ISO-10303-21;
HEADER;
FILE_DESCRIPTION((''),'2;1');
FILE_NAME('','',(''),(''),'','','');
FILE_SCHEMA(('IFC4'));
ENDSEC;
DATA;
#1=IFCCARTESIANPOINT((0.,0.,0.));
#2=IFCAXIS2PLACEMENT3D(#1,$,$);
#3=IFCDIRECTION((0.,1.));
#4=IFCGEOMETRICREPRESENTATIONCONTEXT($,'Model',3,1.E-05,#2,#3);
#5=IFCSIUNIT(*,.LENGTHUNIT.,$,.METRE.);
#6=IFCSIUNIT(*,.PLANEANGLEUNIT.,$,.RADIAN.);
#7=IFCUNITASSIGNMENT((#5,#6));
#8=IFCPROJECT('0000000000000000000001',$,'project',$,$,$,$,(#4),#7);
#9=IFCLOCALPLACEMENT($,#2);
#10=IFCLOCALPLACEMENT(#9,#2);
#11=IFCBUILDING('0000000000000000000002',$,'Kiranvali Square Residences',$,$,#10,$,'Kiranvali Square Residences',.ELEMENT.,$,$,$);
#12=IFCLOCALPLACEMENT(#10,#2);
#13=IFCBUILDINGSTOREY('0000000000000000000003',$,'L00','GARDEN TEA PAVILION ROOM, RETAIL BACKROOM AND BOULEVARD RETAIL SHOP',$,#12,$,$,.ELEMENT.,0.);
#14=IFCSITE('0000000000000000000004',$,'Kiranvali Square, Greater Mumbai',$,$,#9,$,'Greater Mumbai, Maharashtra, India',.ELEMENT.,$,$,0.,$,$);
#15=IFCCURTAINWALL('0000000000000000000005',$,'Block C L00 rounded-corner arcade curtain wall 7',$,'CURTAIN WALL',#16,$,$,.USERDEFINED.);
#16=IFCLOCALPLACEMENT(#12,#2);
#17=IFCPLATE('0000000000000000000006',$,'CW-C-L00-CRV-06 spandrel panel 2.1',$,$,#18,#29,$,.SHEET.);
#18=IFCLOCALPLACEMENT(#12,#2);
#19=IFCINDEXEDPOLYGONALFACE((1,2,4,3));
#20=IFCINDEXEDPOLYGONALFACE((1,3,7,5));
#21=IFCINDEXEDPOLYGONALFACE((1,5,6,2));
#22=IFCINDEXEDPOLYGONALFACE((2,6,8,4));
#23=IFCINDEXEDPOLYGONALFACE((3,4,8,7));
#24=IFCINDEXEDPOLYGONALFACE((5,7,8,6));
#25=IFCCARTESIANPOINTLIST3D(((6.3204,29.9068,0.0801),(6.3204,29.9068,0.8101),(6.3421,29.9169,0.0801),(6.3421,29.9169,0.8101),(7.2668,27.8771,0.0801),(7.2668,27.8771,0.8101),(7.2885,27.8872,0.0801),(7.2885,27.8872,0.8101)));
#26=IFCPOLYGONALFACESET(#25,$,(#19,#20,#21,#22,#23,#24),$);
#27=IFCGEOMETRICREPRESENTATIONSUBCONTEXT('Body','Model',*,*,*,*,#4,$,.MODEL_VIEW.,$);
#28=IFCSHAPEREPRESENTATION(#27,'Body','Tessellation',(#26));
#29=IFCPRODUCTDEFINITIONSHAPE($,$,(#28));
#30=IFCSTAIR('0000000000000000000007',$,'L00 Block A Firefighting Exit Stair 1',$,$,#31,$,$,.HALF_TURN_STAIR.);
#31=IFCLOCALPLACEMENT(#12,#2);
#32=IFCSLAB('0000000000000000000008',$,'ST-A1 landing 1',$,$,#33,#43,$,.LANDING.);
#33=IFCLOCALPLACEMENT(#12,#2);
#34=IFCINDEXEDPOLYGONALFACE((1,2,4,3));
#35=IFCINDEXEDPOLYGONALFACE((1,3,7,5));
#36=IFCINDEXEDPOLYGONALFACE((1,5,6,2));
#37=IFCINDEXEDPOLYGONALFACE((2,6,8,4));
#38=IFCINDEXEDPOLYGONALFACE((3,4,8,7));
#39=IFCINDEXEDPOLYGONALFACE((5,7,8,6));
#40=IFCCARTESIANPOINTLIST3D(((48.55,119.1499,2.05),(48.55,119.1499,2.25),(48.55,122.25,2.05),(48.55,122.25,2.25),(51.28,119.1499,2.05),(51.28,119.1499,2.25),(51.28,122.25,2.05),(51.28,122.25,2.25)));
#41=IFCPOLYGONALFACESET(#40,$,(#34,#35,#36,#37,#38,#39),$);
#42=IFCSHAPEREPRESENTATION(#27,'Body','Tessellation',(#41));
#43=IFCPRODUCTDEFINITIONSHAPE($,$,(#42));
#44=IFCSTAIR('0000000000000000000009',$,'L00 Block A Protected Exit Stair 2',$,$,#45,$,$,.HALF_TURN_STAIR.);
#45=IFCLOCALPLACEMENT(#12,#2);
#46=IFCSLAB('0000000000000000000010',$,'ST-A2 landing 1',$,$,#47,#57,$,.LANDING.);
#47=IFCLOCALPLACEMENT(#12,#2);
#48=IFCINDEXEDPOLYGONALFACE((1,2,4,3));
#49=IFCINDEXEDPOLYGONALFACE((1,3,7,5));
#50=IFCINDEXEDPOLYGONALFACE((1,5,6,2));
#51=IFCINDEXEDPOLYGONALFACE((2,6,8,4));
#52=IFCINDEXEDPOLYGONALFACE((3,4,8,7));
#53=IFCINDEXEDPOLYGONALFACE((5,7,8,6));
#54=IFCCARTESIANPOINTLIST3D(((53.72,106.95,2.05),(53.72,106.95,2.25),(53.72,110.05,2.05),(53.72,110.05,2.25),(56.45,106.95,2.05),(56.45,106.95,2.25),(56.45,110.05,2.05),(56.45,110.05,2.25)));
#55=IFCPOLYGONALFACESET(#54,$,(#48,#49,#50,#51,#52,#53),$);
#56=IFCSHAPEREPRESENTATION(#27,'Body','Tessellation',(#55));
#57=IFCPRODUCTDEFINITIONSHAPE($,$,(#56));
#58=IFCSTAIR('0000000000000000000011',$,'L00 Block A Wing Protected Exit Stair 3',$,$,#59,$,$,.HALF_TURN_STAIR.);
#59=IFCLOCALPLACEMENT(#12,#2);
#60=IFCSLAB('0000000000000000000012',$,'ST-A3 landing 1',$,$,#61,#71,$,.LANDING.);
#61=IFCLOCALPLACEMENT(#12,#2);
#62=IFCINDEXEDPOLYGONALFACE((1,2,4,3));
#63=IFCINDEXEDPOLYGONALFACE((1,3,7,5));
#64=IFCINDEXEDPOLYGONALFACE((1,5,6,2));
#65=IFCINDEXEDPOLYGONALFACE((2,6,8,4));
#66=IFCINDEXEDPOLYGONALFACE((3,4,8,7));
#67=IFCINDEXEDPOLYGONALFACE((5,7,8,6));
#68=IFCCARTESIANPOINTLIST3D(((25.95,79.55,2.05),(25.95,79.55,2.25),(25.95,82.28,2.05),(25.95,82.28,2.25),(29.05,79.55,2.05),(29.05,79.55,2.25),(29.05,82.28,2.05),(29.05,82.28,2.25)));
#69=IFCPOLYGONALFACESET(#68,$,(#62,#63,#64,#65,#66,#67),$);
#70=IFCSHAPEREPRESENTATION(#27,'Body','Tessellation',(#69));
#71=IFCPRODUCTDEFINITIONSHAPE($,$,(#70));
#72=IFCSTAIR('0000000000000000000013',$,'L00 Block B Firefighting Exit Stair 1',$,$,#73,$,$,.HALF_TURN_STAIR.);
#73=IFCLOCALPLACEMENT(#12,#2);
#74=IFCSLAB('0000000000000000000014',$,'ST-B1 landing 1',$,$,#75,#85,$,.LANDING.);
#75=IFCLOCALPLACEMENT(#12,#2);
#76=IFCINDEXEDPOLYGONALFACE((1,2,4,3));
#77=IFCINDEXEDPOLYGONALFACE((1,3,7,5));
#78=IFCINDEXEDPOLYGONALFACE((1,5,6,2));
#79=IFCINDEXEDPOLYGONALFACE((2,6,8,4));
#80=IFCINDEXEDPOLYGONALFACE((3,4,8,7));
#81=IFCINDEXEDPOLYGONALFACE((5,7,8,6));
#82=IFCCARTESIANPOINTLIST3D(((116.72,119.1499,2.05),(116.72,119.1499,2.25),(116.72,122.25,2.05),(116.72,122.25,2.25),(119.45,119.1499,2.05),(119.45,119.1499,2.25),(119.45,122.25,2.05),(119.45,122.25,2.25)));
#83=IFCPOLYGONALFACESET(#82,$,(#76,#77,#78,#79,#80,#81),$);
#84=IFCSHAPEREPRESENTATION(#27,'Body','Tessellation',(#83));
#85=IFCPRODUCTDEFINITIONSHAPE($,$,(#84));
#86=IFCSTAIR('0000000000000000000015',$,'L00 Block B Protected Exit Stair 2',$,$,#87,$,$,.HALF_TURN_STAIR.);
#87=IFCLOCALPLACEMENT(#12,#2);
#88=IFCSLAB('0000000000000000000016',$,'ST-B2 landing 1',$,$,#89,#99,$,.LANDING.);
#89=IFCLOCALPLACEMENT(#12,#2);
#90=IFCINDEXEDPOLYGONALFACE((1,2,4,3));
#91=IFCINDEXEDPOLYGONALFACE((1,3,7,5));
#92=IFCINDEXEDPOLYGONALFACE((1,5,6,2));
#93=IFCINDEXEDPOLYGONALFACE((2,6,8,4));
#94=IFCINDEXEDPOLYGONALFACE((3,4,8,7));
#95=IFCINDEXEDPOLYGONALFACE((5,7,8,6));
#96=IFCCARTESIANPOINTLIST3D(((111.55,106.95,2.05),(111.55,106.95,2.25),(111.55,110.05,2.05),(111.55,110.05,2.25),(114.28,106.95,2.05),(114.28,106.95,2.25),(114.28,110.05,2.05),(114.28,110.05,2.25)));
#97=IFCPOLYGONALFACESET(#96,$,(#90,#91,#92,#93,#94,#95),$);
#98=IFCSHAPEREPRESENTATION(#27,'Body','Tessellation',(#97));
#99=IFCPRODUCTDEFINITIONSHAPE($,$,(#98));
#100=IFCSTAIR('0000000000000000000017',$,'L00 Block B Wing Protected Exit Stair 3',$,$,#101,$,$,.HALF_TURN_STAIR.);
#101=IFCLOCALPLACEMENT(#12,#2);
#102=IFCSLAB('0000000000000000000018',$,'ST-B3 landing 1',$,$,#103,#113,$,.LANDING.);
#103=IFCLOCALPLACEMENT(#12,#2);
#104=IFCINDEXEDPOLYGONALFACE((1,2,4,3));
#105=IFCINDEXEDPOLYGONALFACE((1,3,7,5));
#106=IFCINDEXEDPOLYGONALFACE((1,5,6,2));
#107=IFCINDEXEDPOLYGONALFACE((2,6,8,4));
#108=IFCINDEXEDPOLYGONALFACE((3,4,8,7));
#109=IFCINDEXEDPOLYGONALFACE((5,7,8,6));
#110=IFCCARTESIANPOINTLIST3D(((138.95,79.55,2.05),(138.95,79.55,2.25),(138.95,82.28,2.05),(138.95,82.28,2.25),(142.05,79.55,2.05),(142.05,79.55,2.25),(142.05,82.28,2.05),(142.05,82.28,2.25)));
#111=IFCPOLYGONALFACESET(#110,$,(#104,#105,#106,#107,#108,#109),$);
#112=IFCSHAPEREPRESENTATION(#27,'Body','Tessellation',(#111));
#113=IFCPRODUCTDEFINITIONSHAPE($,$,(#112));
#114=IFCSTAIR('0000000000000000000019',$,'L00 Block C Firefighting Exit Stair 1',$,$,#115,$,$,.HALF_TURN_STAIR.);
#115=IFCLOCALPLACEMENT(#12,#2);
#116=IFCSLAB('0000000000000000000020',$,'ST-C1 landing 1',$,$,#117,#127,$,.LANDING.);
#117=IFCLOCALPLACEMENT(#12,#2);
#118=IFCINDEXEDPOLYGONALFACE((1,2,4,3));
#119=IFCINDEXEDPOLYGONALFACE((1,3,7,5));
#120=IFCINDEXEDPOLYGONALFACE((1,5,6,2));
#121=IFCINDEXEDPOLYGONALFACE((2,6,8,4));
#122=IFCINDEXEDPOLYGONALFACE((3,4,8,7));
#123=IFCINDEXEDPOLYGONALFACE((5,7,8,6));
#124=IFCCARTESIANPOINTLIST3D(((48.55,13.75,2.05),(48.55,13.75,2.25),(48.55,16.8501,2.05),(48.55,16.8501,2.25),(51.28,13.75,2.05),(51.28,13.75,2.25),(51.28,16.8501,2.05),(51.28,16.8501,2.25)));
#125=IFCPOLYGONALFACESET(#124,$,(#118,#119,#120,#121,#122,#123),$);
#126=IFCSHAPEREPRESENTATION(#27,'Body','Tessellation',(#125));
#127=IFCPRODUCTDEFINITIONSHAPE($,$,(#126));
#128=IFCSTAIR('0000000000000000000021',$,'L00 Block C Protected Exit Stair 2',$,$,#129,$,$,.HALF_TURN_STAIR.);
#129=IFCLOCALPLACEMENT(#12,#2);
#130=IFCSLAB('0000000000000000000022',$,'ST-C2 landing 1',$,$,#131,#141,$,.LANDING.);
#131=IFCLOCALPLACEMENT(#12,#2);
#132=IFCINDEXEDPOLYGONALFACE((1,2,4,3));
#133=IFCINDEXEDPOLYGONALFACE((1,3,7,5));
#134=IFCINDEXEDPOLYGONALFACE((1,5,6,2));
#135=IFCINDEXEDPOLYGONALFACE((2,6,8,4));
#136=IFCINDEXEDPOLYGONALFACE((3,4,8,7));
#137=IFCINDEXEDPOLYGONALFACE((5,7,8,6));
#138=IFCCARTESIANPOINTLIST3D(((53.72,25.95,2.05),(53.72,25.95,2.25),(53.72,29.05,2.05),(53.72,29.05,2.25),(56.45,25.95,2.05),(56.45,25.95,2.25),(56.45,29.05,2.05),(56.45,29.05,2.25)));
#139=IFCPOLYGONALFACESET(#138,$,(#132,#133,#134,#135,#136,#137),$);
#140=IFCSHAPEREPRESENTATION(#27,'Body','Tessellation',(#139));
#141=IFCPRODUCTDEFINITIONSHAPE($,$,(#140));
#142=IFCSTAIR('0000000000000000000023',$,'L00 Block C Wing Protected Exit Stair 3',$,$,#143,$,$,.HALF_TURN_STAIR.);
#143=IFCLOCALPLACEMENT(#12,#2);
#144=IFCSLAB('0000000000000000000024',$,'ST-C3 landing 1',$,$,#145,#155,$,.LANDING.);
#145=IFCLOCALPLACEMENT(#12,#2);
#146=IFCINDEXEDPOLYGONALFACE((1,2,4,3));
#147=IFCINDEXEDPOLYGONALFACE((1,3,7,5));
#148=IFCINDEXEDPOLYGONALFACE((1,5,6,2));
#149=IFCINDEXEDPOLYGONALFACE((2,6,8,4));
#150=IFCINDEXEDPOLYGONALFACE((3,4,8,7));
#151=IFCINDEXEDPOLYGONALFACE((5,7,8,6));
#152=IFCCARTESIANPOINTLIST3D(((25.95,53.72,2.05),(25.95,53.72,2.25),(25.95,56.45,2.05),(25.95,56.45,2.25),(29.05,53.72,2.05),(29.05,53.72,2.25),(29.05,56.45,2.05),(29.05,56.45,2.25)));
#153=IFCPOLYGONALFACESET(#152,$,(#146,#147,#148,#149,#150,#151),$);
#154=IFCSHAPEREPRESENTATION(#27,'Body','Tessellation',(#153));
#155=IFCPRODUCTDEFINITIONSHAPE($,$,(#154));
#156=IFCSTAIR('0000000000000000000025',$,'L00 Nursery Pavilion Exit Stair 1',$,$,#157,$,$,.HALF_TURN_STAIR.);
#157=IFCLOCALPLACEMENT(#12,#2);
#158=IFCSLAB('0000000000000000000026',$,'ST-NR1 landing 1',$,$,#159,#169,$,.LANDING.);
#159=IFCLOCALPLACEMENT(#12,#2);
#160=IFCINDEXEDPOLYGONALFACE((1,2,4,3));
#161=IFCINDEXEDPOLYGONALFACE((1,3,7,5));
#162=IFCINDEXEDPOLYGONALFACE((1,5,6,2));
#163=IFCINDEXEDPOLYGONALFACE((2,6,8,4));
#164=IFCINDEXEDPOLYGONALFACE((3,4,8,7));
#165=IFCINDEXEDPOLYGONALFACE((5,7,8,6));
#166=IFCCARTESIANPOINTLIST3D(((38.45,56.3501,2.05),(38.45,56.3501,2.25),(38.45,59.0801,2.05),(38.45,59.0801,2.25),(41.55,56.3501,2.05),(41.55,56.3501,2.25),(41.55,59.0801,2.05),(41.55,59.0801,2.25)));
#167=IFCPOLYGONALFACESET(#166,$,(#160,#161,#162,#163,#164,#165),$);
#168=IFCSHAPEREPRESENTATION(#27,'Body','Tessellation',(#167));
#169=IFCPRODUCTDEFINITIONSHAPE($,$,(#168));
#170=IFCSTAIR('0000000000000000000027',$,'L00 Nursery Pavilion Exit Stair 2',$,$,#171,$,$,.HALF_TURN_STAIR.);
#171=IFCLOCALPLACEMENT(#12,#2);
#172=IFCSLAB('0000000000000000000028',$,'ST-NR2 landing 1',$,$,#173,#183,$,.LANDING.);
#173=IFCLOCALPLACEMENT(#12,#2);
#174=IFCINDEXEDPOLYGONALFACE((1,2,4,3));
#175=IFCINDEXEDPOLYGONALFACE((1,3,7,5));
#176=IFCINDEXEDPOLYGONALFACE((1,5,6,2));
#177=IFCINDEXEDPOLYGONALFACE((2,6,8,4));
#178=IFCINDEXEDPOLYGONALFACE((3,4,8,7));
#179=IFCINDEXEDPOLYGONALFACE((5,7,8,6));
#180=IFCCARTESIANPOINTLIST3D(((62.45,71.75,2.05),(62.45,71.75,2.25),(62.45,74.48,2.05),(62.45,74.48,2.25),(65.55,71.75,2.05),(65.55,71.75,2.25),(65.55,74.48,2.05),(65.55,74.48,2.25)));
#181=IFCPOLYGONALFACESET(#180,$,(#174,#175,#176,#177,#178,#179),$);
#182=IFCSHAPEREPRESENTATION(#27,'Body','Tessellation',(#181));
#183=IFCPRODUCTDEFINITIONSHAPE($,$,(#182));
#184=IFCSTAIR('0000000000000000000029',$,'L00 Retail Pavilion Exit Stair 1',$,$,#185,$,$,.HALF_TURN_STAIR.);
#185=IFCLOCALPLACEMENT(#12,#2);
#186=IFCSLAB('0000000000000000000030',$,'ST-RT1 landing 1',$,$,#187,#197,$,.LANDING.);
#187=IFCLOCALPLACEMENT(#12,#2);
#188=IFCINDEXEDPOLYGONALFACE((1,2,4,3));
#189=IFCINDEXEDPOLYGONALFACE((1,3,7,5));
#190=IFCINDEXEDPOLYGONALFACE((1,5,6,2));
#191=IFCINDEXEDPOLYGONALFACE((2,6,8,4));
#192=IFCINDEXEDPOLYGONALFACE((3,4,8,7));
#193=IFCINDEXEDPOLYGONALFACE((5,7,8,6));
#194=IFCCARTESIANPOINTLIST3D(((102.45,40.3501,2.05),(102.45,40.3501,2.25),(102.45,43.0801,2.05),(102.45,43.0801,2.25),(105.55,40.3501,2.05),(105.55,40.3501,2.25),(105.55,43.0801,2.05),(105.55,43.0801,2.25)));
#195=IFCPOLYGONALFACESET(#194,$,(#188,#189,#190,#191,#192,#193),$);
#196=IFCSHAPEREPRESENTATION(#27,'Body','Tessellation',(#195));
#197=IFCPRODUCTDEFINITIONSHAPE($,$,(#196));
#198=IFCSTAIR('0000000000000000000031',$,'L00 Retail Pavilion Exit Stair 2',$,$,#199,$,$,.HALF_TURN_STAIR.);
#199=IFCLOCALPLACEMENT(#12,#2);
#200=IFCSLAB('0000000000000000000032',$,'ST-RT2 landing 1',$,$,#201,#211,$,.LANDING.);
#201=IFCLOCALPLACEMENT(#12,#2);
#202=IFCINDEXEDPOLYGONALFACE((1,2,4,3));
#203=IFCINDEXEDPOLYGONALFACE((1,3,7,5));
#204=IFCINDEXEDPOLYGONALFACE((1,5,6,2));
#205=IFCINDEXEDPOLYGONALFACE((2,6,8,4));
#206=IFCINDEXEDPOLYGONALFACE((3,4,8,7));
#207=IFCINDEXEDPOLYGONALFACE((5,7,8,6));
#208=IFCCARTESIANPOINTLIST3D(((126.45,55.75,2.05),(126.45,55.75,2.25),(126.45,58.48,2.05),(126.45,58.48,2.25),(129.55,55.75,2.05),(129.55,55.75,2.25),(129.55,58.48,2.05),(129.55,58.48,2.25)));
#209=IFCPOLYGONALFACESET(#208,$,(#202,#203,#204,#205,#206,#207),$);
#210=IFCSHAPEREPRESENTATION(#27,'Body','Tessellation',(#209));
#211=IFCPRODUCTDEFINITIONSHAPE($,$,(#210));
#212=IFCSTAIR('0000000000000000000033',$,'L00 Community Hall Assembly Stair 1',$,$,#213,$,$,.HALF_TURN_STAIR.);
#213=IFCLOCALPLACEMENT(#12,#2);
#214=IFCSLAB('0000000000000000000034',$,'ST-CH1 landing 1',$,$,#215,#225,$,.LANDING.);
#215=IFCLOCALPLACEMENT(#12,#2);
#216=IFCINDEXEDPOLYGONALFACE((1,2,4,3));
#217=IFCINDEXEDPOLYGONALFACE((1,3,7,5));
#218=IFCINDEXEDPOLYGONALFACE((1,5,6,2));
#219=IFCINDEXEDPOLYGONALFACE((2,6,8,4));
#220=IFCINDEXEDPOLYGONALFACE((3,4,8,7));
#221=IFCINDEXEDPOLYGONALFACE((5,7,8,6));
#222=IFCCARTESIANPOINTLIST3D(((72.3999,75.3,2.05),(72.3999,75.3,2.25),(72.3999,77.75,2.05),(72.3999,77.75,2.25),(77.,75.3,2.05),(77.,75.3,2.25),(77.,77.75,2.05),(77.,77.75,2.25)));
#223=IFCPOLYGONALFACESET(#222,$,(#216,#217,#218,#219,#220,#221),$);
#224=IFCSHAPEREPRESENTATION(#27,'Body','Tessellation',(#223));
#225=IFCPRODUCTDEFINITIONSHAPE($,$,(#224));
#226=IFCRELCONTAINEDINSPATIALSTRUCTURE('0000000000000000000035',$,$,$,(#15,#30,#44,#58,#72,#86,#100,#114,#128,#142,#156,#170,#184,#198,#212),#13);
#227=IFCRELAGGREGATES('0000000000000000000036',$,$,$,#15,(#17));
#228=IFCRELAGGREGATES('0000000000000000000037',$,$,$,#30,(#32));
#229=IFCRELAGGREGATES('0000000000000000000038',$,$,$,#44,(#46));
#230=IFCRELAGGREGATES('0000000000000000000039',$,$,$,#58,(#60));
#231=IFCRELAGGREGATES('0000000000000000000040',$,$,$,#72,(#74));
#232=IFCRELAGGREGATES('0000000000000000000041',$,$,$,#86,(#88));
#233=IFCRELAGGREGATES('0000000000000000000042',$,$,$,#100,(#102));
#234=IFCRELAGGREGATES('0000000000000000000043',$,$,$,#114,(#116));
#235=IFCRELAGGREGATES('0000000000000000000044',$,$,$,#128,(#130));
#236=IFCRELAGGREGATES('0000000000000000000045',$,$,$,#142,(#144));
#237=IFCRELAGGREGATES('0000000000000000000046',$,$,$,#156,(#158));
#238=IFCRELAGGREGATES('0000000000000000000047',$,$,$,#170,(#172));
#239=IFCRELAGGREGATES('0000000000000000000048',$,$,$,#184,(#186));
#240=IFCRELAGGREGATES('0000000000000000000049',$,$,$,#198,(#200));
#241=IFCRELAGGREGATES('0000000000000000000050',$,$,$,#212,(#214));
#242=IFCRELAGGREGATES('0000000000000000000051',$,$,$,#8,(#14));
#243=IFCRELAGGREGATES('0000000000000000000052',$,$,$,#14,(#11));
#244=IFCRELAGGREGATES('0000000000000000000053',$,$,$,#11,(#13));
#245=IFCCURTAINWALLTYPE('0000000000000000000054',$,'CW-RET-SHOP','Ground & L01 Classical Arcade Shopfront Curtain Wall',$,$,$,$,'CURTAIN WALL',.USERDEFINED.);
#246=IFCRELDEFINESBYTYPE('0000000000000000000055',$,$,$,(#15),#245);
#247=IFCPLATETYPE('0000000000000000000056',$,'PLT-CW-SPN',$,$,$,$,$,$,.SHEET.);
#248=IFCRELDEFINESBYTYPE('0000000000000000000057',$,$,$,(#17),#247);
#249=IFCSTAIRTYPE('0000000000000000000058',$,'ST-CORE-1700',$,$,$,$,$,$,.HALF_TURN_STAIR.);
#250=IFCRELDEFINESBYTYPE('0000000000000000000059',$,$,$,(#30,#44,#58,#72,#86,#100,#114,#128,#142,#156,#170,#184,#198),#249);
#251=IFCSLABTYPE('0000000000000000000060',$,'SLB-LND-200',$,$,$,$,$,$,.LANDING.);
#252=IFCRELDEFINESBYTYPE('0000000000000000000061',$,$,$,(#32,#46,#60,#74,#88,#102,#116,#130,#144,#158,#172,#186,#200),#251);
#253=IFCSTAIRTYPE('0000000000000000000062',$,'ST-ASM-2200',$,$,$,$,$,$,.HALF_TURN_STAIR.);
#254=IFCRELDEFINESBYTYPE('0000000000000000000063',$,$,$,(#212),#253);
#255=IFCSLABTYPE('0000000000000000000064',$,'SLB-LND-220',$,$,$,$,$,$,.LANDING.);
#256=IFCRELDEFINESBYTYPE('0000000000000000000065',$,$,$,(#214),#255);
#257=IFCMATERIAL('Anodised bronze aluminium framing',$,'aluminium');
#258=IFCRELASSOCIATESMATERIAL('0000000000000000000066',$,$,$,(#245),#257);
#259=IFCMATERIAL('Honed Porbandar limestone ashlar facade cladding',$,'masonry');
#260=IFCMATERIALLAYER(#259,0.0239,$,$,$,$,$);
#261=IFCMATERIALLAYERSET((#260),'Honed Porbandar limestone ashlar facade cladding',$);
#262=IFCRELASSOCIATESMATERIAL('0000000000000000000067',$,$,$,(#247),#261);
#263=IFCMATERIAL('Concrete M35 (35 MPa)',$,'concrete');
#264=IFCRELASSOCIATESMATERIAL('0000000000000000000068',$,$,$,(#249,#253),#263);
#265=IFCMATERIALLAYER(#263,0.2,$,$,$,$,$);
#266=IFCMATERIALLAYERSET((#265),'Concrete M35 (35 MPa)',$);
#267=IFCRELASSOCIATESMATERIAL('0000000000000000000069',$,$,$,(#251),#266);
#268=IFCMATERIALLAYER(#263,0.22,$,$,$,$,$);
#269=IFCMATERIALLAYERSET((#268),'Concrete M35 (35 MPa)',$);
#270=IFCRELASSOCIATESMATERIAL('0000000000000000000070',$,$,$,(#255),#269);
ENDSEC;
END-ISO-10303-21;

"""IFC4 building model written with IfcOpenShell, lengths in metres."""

from ifc_helpers import new_model, si_unit, direction, frame, origin, origin_2d, place, context, subcontext, project, spatial, polyline, rectangle, outline, extrude, material, layer, layer_set, type_object, element, aggregate, save


model = new_model("IFC4")

# Units and contexts
model_context = context("Model", 3, precision=1e-05, world=origin(), true_north=direction((0.0, 1.0)))
body_context = subcontext(model_context, "Body", "Model", "MODEL_VIEW")
ifc_project = project(units=[si_unit("LENGTHUNIT", "METRE"), si_unit("PLANEANGLEUNIT", "RADIAN")], contexts=[model_context])

# Site, building, storey
site_placement = place(None, origin())
site = spatial("IfcSite", under=ifc_project, at=site_placement, Name="Kiranvali Square, Greater Mumbai", LongName="Greater Mumbai, Maharashtra, India", CompositionType="ELEMENT", RefElevation=0.0)
building_placement = place(site_placement, origin())
building = spatial("IfcBuilding", under=site, at=building_placement, Name="Kiranvali Square Residences", LongName="Kiranvali Square Residences", CompositionType="ELEMENT")
storey_placement = place(building_placement, origin())
storey = spatial("IfcBuildingStorey", under=building, at=storey_placement, Name="L00", Description="GARDEN TEA PAVILION ROOM, RETAIL BACKROOM AND BOULEVARD RETAIL SHOP", CompositionType="ELEMENT", Elevation=0.0)

# Curtain wall, plate
ifc_material_1 = material(Name="Anodised bronze aluminium framing", Category="aluminium")
curtain_wall_type = type_object("IfcCurtainWallType", Name="CW-RET-SHOP", Description="Ground & L01 Classical Arcade Shopfront Curtain Wall", ElementType="CURTAIN WALL", PredefinedType="USERDEFINED", material=ifc_material_1)
curtain_wall_placement = place(storey_placement, origin())
curtain_wall = element("IfcCurtainWall", 1, at=curtain_wall_placement, inside=storey, type_object=curtain_wall_type, Name="Block C L00 rounded-corner arcade curtain wall 7", ObjectType="CURTAIN WALL", PredefinedType="USERDEFINED")
ifc_material_2 = material(Name="Honed Porbandar limestone ashlar facade cladding", Category="masonry")
ifc_layer_1 = layer(ifc_material_2, 0.0239)
ifc_layer_set_1 = layer_set([ifc_layer_1], Name="Honed Porbandar limestone ashlar facade cladding")
plate_type = type_object("IfcPlateType", Name="PLT-CW-SPN", PredefinedType="SHEET", material=ifc_layer_set_1)
plate_placement = place(storey_placement, frame((6.8044, 28.897, 0.0801), z_axis=(0.0, 0.0, 1.0), x_axis=(-0.422618, 0.906308, 0.0)))
plate = element("IfcPlate", 2, at=plate_placement, type_object=plate_type, Name="CW-C-L00-CRV-06 spandrel panel 2.1", PredefinedType="SHEET", context=body_context, shape_type="SweptSolid", body=[
    extrude(rectangle(XDim=2.2395, YDim=0.0239, at=origin_2d()), origin(), (0.0, 0.0, 1.0), 0.73),
])
aggregate(curtain_wall, [plate])

# Stairs, slabs
ifc_material_3 = material(Name="Concrete M35 (35 MPa)", Category="concrete")
stair_type_1 = type_object("IfcStairType", Name="ST-CORE-1700", PredefinedType="HALF_TURN_STAIR", material=ifc_material_3)
stair_1_placement = place(storey_placement, origin())
stair_1 = element("IfcStair", 3, at=stair_1_placement, inside=storey, type_object=stair_type_1, Name="L00 Block A Firefighting Exit Stair 1", PredefinedType="HALF_TURN_STAIR")
ifc_layer_2 = layer(ifc_material_3, 0.2)
ifc_layer_set_2 = layer_set([ifc_layer_2], Name="Concrete M35 (35 MPa)")
slab_type_1 = type_object("IfcSlabType", Name="SLB-LND-200", PredefinedType="LANDING", material=ifc_layer_set_2)
slab_1_placement = place(storey_placement, frame((0.0, 0.0, 2.05)))
slab_1 = element("IfcSlab", 4, at=slab_1_placement, type_object=slab_type_1, Name="ST-A1 landing 1", PredefinedType="LANDING", context=body_context, shape_type="SweptSolid", body=[
    extrude(outline(polyline([(51.28, 122.25), (48.55, 122.25), (48.55, 119.1499), (51.28, 119.1499), (51.28, 122.25)])), origin(), (0.0, 0.0, 1.0), 0.2),
])
aggregate(stair_1, [slab_1])
stair_2_placement = place(storey_placement, origin())
stair_2 = element("IfcStair", 5, at=stair_2_placement, inside=storey, type_object=stair_type_1, Name="L00 Block A Protected Exit Stair 2", PredefinedType="HALF_TURN_STAIR")
slab_2_placement = place(storey_placement, frame((0.0, 0.0, 2.05)))
slab_2 = element("IfcSlab", 6, at=slab_2_placement, type_object=slab_type_1, Name="ST-A2 landing 1", PredefinedType="LANDING", context=body_context, shape_type="SweptSolid", body=[
    extrude(outline(polyline([(53.72, 106.95), (56.45, 106.95), (56.45, 110.05), (53.72, 110.05), (53.72, 106.95)])), origin(), (0.0, 0.0, 1.0), 0.2),
])
aggregate(stair_2, [slab_2])
stair_3_placement = place(storey_placement, origin())
stair_3 = element("IfcStair", 7, at=stair_3_placement, inside=storey, type_object=stair_type_1, Name="L00 Block A Wing Protected Exit Stair 3", PredefinedType="HALF_TURN_STAIR")
slab_3_placement = place(storey_placement, frame((0.0, 0.0, 2.05)))
slab_3 = element("IfcSlab", 8, at=slab_3_placement, type_object=slab_type_1, Name="ST-A3 landing 1", PredefinedType="LANDING", context=body_context, shape_type="SweptSolid", body=[
    extrude(outline(polyline([(25.95, 82.28), (25.95, 79.55), (29.05, 79.55), (29.05, 82.28), (25.95, 82.28)])), origin(), (0.0, 0.0, 1.0), 0.2),
])
aggregate(stair_3, [slab_3])
stair_4_placement = place(storey_placement, origin())
stair_4 = element("IfcStair", 9, at=stair_4_placement, inside=storey, type_object=stair_type_1, Name="L00 Block B Firefighting Exit Stair 1", PredefinedType="HALF_TURN_STAIR")
slab_4_placement = place(storey_placement, frame((0.0, 0.0, 2.05)))
slab_4 = element("IfcSlab", 10, at=slab_4_placement, type_object=slab_type_1, Name="ST-B1 landing 1", PredefinedType="LANDING", context=body_context, shape_type="SweptSolid", body=[
    extrude(outline(polyline([(116.72, 119.1499), (119.45, 119.1499), (119.45, 122.25), (116.72, 122.25), (116.72, 119.1499)])), origin(), (0.0, 0.0, 1.0), 0.2),
])
aggregate(stair_4, [slab_4])
stair_5_placement = place(storey_placement, origin())
stair_5 = element("IfcStair", 11, at=stair_5_placement, inside=storey, type_object=stair_type_1, Name="L00 Block B Protected Exit Stair 2", PredefinedType="HALF_TURN_STAIR")
slab_5_placement = place(storey_placement, frame((0.0, 0.0, 2.05)))
slab_5 = element("IfcSlab", 12, at=slab_5_placement, type_object=slab_type_1, Name="ST-B2 landing 1", PredefinedType="LANDING", context=body_context, shape_type="SweptSolid", body=[
    extrude(outline(polyline([(114.28, 110.05), (111.55, 110.05), (111.55, 106.95), (114.28, 106.95), (114.28, 110.05)])), origin(), (0.0, 0.0, 1.0), 0.2),
])
aggregate(stair_5, [slab_5])
stair_6_placement = place(storey_placement, origin())
stair_6 = element("IfcStair", 13, at=stair_6_placement, inside=storey, type_object=stair_type_1, Name="L00 Block B Wing Protected Exit Stair 3", PredefinedType="HALF_TURN_STAIR")
slab_6_placement = place(storey_placement, frame((0.0, 0.0, 2.05)))
slab_6 = element("IfcSlab", 14, at=slab_6_placement, type_object=slab_type_1, Name="ST-B3 landing 1", PredefinedType="LANDING", context=body_context, shape_type="SweptSolid", body=[
    extrude(outline(polyline([(138.95, 82.28), (138.95, 79.55), (142.05, 79.55), (142.05, 82.28), (138.95, 82.28)])), origin(), (0.0, 0.0, 1.0), 0.2),
])
aggregate(stair_6, [slab_6])
stair_7_placement = place(storey_placement, origin())
stair_7 = element("IfcStair", 15, at=stair_7_placement, inside=storey, type_object=stair_type_1, Name="L00 Block C Firefighting Exit Stair 1", PredefinedType="HALF_TURN_STAIR")
slab_7_placement = place(storey_placement, frame((0.0, 0.0, 2.05)))
slab_7 = element("IfcSlab", 16, at=slab_7_placement, type_object=slab_type_1, Name="ST-C1 landing 1", PredefinedType="LANDING", context=body_context, shape_type="SweptSolid", body=[
    extrude(outline(polyline([(51.28, 16.8501), (48.55, 16.8501), (48.55, 13.75), (51.28, 13.75), (51.28, 16.8501)])), origin(), (0.0, 0.0, 1.0), 0.2),
])
aggregate(stair_7, [slab_7])
stair_8_placement = place(storey_placement, origin())
stair_8 = element("IfcStair", 17, at=stair_8_placement, inside=storey, type_object=stair_type_1, Name="L00 Block C Protected Exit Stair 2", PredefinedType="HALF_TURN_STAIR")
slab_8_placement = place(storey_placement, frame((0.0, 0.0, 2.05)))
slab_8 = element("IfcSlab", 18, at=slab_8_placement, type_object=slab_type_1, Name="ST-C2 landing 1", PredefinedType="LANDING", context=body_context, shape_type="SweptSolid", body=[
    extrude(outline(polyline([(53.72, 25.95), (56.45, 25.95), (56.45, 29.05), (53.72, 29.05), (53.72, 25.95)])), origin(), (0.0, 0.0, 1.0), 0.2),
])
aggregate(stair_8, [slab_8])
stair_9_placement = place(storey_placement, origin())
stair_9 = element("IfcStair", 19, at=stair_9_placement, inside=storey, type_object=stair_type_1, Name="L00 Block C Wing Protected Exit Stair 3", PredefinedType="HALF_TURN_STAIR")
slab_9_placement = place(storey_placement, frame((0.0, 0.0, 2.05)))
slab_9 = element("IfcSlab", 20, at=slab_9_placement, type_object=slab_type_1, Name="ST-C3 landing 1", PredefinedType="LANDING", context=body_context, shape_type="SweptSolid", body=[
    extrude(outline(polyline([(29.05, 53.72), (29.05, 56.45), (25.95, 56.45), (25.95, 53.72), (29.05, 53.72)])), origin(), (0.0, 0.0, 1.0), 0.2),
])
aggregate(stair_9, [slab_9])
stair_10_placement = place(storey_placement, origin())
stair_10 = element("IfcStair", 21, at=stair_10_placement, inside=storey, type_object=stair_type_1, Name="L00 Nursery Pavilion Exit Stair 1", PredefinedType="HALF_TURN_STAIR")
slab_10_placement = place(storey_placement, frame((0.0, 0.0, 2.05)))
slab_10 = element("IfcSlab", 22, at=slab_10_placement, type_object=slab_type_1, Name="ST-NR1 landing 1", PredefinedType="LANDING", context=body_context, shape_type="SweptSolid", body=[
    extrude(outline(polyline([(38.45, 59.0801), (38.45, 56.3501), (41.55, 56.3501), (41.55, 59.0801), (38.45, 59.0801)])), origin(), (0.0, 0.0, 1.0), 0.2),
])
aggregate(stair_10, [slab_10])
stair_11_placement = place(storey_placement, origin())
stair_11 = element("IfcStair", 23, at=stair_11_placement, inside=storey, type_object=stair_type_1, Name="L00 Nursery Pavilion Exit Stair 2", PredefinedType="HALF_TURN_STAIR")
slab_11_placement = place(storey_placement, frame((0.0, 0.0, 2.05)))
slab_11 = element("IfcSlab", 24, at=slab_11_placement, type_object=slab_type_1, Name="ST-NR2 landing 1", PredefinedType="LANDING", context=body_context, shape_type="SweptSolid", body=[
    extrude(outline(polyline([(62.45, 74.48), (62.45, 71.75), (65.55, 71.75), (65.55, 74.48), (62.45, 74.48)])), origin(), (0.0, 0.0, 1.0), 0.2),
])
aggregate(stair_11, [slab_11])
stair_12_placement = place(storey_placement, origin())
stair_12 = element("IfcStair", 25, at=stair_12_placement, inside=storey, type_object=stair_type_1, Name="L00 Retail Pavilion Exit Stair 1", PredefinedType="HALF_TURN_STAIR")
slab_12_placement = place(storey_placement, frame((0.0, 0.0, 2.05)))
slab_12 = element("IfcSlab", 26, at=slab_12_placement, type_object=slab_type_1, Name="ST-RT1 landing 1", PredefinedType="LANDING", context=body_context, shape_type="SweptSolid", body=[
    extrude(outline(polyline([(102.45, 43.0801), (102.45, 40.3501), (105.55, 40.3501), (105.55, 43.0801), (102.45, 43.0801)])), origin(), (0.0, 0.0, 1.0), 0.2),
])
aggregate(stair_12, [slab_12])
stair_13_placement = place(storey_placement, origin())
stair_13 = element("IfcStair", 27, at=stair_13_placement, inside=storey, type_object=stair_type_1, Name="L00 Retail Pavilion Exit Stair 2", PredefinedType="HALF_TURN_STAIR")
slab_13_placement = place(storey_placement, frame((0.0, 0.0, 2.05)))
slab_13 = element("IfcSlab", 28, at=slab_13_placement, type_object=slab_type_1, Name="ST-RT2 landing 1", PredefinedType="LANDING", context=body_context, shape_type="SweptSolid", body=[
    extrude(outline(polyline([(126.45, 58.48), (126.45, 55.75), (129.55, 55.75), (129.55, 58.48), (126.45, 58.48)])), origin(), (0.0, 0.0, 1.0), 0.2),
])
aggregate(stair_13, [slab_13])
stair_type_2 = type_object("IfcStairType", Name="ST-ASM-2200", PredefinedType="HALF_TURN_STAIR", material=ifc_material_3)
stair_14_placement = place(storey_placement, origin())
stair_14 = element("IfcStair", 29, at=stair_14_placement, inside=storey, type_object=stair_type_2, Name="L00 Community Hall Assembly Stair 1", PredefinedType="HALF_TURN_STAIR")
ifc_layer_3 = layer(ifc_material_3, 0.22)
ifc_layer_set_3 = layer_set([ifc_layer_3], Name="Concrete M35 (35 MPa)")
slab_type_2 = type_object("IfcSlabType", Name="SLB-LND-220", PredefinedType="LANDING", material=ifc_layer_set_3)
slab_14_placement = place(storey_placement, frame((0.0, 0.0, 2.05)))
slab_14 = element("IfcSlab", 30, at=slab_14_placement, type_object=slab_type_2, Name="ST-CH1 landing 1", PredefinedType="LANDING", context=body_context, shape_type="SweptSolid", body=[
    extrude(outline(polyline([(72.3999, 77.75), (72.3999, 75.3), (77.0, 75.3), (77.0, 77.75), (72.3999, 77.75)])), origin(), (0.0, 0.0, 1.0), 0.2),
])
aggregate(stair_14, [slab_14])

save(model, "model.ifc")
